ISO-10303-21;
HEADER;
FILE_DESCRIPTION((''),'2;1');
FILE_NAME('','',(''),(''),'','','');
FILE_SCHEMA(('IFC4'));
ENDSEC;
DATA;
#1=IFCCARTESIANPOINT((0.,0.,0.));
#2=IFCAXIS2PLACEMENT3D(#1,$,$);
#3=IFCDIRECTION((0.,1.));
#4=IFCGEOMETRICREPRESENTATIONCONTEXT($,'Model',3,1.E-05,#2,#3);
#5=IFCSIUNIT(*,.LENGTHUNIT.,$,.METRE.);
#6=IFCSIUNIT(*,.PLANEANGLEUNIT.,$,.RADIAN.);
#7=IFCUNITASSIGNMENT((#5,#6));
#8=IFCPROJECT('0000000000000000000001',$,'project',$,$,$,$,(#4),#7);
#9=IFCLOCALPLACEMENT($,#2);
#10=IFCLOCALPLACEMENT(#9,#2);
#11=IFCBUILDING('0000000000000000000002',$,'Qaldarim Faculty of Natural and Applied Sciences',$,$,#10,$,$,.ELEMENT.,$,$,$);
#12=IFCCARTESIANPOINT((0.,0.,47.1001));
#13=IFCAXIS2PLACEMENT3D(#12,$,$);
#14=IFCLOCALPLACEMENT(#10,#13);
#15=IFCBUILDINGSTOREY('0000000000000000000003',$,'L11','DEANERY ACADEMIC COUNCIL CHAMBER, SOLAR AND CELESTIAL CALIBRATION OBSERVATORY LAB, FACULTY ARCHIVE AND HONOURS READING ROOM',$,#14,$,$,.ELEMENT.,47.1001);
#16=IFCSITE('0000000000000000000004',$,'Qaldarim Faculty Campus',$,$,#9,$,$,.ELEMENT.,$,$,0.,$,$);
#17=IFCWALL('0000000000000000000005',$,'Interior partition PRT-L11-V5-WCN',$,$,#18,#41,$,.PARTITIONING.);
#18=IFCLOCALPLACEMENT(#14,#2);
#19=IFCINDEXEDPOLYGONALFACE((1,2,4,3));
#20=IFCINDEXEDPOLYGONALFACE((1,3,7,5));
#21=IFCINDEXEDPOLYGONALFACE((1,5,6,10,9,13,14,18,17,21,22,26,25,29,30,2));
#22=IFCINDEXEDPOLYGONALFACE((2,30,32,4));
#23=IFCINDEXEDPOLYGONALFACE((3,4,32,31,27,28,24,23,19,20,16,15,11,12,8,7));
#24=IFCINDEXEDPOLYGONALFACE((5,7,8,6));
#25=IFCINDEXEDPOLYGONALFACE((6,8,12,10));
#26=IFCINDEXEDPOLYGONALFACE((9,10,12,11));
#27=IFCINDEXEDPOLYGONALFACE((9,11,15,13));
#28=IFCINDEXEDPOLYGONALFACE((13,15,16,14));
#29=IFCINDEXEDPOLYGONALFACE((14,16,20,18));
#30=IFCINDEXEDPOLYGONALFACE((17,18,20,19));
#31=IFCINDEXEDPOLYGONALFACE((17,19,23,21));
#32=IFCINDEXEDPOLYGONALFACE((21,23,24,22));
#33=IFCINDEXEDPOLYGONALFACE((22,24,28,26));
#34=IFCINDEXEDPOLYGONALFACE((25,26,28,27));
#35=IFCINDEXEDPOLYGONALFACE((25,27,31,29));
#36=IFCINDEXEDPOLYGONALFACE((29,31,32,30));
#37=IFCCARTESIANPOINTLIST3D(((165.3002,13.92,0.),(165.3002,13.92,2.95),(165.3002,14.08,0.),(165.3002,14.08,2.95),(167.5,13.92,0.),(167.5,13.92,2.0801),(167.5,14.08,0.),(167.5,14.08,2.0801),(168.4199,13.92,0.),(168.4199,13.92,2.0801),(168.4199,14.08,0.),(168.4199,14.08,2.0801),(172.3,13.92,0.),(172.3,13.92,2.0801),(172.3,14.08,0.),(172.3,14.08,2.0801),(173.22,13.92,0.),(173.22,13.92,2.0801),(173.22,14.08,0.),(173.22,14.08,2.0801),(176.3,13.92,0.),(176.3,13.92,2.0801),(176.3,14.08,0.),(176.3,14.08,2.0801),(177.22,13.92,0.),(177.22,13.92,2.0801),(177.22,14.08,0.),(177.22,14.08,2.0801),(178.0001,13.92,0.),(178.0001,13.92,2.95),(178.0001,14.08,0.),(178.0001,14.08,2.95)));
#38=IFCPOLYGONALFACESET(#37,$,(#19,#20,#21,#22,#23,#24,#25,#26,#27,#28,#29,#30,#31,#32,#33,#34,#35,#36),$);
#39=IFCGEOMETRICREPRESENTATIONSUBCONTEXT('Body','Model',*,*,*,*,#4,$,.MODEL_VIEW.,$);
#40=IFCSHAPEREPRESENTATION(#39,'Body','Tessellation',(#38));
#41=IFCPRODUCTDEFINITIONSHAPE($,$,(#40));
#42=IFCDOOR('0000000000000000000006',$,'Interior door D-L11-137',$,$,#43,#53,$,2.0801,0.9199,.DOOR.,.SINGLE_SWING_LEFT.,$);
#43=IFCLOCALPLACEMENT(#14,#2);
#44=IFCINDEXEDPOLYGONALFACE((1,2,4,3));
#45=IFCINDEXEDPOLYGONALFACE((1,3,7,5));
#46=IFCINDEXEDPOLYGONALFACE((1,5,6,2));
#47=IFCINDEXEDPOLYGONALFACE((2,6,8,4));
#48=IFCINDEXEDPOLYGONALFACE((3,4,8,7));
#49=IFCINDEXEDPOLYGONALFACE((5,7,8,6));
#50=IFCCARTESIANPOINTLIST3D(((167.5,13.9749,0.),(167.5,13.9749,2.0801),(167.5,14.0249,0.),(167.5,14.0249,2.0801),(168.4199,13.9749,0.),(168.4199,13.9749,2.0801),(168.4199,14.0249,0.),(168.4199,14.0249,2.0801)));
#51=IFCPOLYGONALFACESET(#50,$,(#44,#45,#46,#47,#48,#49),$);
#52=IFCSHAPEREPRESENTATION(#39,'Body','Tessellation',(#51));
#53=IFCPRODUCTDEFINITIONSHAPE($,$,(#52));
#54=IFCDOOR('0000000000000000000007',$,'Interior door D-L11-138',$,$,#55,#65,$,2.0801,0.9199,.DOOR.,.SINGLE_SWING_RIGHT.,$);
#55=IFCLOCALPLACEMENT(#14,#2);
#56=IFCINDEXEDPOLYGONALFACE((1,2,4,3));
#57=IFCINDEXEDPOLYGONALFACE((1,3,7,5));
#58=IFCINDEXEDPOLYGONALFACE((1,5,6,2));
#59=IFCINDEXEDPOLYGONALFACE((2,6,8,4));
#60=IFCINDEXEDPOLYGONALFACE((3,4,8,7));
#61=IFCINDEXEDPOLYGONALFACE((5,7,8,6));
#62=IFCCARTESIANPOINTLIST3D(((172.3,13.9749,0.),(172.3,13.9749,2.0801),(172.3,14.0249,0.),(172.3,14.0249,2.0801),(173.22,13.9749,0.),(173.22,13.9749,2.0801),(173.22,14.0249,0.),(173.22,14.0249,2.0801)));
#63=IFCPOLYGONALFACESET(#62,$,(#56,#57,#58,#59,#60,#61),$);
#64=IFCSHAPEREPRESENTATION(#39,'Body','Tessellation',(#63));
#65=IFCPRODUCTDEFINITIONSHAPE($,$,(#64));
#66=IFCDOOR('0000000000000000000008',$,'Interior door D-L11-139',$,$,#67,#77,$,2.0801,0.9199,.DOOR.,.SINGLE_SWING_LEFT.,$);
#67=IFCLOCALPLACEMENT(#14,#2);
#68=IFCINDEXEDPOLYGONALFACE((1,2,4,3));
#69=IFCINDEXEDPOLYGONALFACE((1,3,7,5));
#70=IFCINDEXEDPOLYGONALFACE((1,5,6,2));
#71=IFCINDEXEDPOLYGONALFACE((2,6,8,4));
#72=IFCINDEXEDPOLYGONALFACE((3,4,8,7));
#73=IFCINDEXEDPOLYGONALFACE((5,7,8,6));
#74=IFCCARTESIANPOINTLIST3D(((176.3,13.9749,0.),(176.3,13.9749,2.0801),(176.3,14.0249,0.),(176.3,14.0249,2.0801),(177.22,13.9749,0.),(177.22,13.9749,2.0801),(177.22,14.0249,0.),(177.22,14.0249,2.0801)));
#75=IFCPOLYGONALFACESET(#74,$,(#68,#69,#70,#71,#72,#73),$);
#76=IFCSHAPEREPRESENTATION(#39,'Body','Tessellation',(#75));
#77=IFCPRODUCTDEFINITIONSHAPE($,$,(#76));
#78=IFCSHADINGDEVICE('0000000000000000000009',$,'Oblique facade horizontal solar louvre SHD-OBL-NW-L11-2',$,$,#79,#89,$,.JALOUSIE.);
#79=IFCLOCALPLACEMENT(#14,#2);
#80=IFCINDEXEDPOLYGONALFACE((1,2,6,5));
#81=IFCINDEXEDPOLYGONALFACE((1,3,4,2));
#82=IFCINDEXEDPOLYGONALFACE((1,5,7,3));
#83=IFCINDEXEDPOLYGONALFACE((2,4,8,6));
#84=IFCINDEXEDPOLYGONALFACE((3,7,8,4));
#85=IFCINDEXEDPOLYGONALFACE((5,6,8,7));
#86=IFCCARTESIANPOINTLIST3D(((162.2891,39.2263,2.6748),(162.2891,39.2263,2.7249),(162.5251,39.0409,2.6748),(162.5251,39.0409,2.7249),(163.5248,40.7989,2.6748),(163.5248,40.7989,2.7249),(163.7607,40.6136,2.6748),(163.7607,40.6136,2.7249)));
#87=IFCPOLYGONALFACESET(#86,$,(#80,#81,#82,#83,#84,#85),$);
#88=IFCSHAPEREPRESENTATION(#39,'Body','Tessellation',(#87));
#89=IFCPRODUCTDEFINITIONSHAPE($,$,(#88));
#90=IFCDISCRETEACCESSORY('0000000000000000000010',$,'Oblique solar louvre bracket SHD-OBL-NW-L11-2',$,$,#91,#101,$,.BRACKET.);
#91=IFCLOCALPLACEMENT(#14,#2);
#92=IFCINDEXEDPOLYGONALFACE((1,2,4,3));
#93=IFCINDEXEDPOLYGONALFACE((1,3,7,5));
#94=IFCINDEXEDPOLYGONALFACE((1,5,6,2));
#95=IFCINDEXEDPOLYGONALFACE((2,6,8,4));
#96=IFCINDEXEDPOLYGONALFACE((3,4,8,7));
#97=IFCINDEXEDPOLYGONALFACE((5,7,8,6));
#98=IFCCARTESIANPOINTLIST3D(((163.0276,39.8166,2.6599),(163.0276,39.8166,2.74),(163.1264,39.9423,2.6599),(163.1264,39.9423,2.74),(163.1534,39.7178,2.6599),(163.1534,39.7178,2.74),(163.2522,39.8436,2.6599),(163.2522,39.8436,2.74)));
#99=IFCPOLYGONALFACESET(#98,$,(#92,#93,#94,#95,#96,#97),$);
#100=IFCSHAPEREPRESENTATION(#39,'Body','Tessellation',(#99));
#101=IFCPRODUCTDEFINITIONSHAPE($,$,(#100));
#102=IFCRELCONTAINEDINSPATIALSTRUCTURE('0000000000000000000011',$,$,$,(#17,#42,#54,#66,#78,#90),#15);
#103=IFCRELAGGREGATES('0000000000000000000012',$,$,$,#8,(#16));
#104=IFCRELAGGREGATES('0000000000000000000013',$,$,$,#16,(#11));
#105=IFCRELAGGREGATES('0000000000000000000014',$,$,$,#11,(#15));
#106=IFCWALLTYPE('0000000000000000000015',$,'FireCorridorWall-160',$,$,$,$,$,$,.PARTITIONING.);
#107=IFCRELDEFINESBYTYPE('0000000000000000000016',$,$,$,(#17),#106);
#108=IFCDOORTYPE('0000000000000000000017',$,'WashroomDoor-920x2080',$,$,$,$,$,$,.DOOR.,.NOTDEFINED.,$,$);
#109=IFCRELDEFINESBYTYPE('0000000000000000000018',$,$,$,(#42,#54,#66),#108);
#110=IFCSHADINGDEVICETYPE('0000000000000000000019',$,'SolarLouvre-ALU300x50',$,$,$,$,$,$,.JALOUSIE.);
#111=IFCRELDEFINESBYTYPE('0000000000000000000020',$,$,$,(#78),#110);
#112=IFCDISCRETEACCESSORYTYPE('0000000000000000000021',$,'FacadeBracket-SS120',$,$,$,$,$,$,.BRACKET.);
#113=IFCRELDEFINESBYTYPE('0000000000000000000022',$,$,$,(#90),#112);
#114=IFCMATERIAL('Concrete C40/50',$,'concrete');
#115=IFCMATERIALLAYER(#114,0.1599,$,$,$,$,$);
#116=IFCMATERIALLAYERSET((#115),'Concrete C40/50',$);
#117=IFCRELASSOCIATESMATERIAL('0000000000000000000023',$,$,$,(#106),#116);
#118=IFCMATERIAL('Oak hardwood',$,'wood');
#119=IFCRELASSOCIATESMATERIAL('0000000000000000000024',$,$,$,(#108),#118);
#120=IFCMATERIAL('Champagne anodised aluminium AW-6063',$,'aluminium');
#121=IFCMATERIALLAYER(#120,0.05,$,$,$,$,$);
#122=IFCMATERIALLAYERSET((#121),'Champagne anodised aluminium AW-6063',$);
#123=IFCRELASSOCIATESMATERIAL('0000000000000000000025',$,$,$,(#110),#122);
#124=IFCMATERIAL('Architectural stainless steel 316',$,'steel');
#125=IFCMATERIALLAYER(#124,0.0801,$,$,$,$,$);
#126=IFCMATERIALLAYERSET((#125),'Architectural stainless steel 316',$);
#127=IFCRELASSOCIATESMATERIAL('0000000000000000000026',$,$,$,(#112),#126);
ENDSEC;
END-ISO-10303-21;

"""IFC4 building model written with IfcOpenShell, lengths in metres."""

from ifc_helpers import new_model, si_unit, direction, frame, frame_2d, origin, origin_2d, place, context, subcontext, project, spatial, rectangle, extrude, material, layer, layer_set, type_object, element, fill, save


model = new_model("IFC4")

# Units and contexts
model_context = context("Model", 3, precision=1e-05, world=origin(), true_north=direction((0.0, 1.0)))
body_context = subcontext(model_context, "Body", "Model", "MODEL_VIEW")
ifc_project = project(units=[si_unit("LENGTHUNIT", "METRE"), si_unit("PLANEANGLEUNIT", "RADIAN")], contexts=[model_context])

# Site, building, storey
site_placement = place(None, origin())
site = spatial("IfcSite", under=ifc_project, at=site_placement, Name="Qaldarim Faculty Campus", CompositionType="ELEMENT", RefElevation=0.0)
building_placement = place(site_placement, origin())
building = spatial("IfcBuilding", under=site, at=building_placement, Name="Qaldarim Faculty of Natural and Applied Sciences", CompositionType="ELEMENT")
storey_placement = place(building_placement, frame((0.0, 0.0, 47.1001)))
storey = spatial("IfcBuildingStorey", under=building, at=storey_placement, Name="L11", Description="DEANERY ACADEMIC COUNCIL CHAMBER, SOLAR AND CELESTIAL CALIBRATION OBSERVATORY LAB, FACULTY ARCHIVE AND HONOURS READING ROOM", CompositionType="ELEMENT", Elevation=47.1001)

# Shared definitions
ifc_material_1 = material(Name="Concrete C40/50", Category="concrete")

# Wall, openings, doors
ifc_layer_1 = layer(ifc_material_1, 0.1599)
ifc_layer_set_1 = layer_set([ifc_layer_1], Name="Concrete C40/50")
wall_type = type_object("IfcWallType", Name="FireCorridorWall-160", PredefinedType="PARTITIONING", material=ifc_layer_set_1)
wall_placement = place(storey_placement, frame((165.3, 14.0, 0.0), z_axis=(0.0, 0.0, 1.0), x_axis=(1.0, 0.0, 0.0)))
wall = element("IfcWall", 1, at=wall_placement, inside=storey, type_object=wall_type, Name="Interior partition PRT-L11-V5-WCN", PredefinedType="PARTITIONING", context=body_context, shape_type="SweptSolid", body=[
    extrude(rectangle(XDim=12.7, YDim=0.1599, at=frame_2d((6.3501, 0.0))), origin(), (0.0, 0.0, 1.0), 2.95),
])
opening_1_placement = place(wall_placement, frame((2.2, 0.0, 0.0)))
opening_1 = element("IfcOpeningElement", 2, at=opening_1_placement, cuts=wall, PredefinedType="OPENING", context=body_context, shape_type="SweptSolid", body=[
    extrude(rectangle(XDim=0.9199, YDim=2.0801, at=frame_2d((0.46, 1.04))), frame((0.0, 0.0898, 0.0), z_axis=(0.0, -1.0, 0.0), x_axis=(1.0, 0.0, 0.0)), (0.0, 0.0, 1.0), 0.1799),
])
opening_2_placement = place(wall_placement, frame((7.0, 0.0, 0.0)))
opening_2 = element("IfcOpeningElement", 3, at=opening_2_placement, cuts=wall, PredefinedType="OPENING", context=body_context, shape_type="SweptSolid", body=[
    extrude(rectangle(XDim=0.9199, YDim=2.0801, at=frame_2d((0.46, 1.04))), frame((0.0, 0.0898, 0.0), z_axis=(0.0, -1.0, 0.0), x_axis=(1.0, 0.0, 0.0)), (0.0, 0.0, 1.0), 0.1799),
])
opening_3_placement = place(wall_placement, frame((11.0, 0.0, 0.0)))
opening_3 = element("IfcOpeningElement", 4, at=opening_3_placement, cuts=wall, PredefinedType="OPENING", context=body_context, shape_type="SweptSolid", body=[
    extrude(rectangle(XDim=0.9199, YDim=2.0801, at=frame_2d((0.46, 1.04))), frame((0.0, 0.0898, 0.0), z_axis=(0.0, -1.0, 0.0), x_axis=(1.0, 0.0, 0.0)), (0.0, 0.0, 1.0), 0.1799),
])
ifc_material_2 = material(Name="Oak hardwood", Category="wood")
door_type = type_object("IfcDoorType", Name="WashroomDoor-920x2080", OperationType="NOTDEFINED", PredefinedType="DOOR", material=ifc_material_2)
door_1_placement = place(opening_1_placement, origin())
door_1 = element("IfcDoor", 5, at=door_1_placement, inside=storey, type_object=door_type, Name="Interior door D-L11-137", OperationType="SINGLE_SWING_LEFT", OverallHeight=2.0801, OverallWidth=0.9199, PredefinedType="DOOR", context=body_context, shape_type="SweptSolid", body=[
    extrude(rectangle(XDim=0.9199, YDim=2.0801, at=frame_2d((0.46, 1.04))), frame((0.0, 0.0249, 0.0), z_axis=(0.0, -1.0, 0.0), x_axis=(1.0, 0.0, 0.0)), (0.0, 0.0, 1.0), 0.05),
])
fill(opening_1, door_1)
door_2_placement = place(opening_2_placement, origin())
door_2 = element("IfcDoor", 6, at=door_2_placement, inside=storey, type_object=door_type, Name="Interior door D-L11-138", OperationType="SINGLE_SWING_RIGHT", OverallHeight=2.0801, OverallWidth=0.9199, PredefinedType="DOOR", context=body_context, shape_type="SweptSolid", body=[
    extrude(rectangle(XDim=0.9199, YDim=2.0801, at=frame_2d((0.46, 1.04))), frame((0.0, 0.0249, 0.0), z_axis=(0.0, -1.0, 0.0), x_axis=(1.0, 0.0, 0.0)), (0.0, 0.0, 1.0), 0.05),
])
fill(opening_2, door_2)
door_3_placement = place(opening_3_placement, origin())
door_3 = element("IfcDoor", 7, at=door_3_placement, inside=storey, type_object=door_type, Name="Interior door D-L11-139", OperationType="SINGLE_SWING_LEFT", OverallHeight=2.0801, OverallWidth=0.9199, PredefinedType="DOOR", context=body_context, shape_type="SweptSolid", body=[
    extrude(rectangle(XDim=0.9199, YDim=2.0801, at=frame_2d((0.46, 1.04))), frame((0.0, 0.0249, 0.0), z_axis=(0.0, -1.0, 0.0), x_axis=(1.0, 0.0, 0.0)), (0.0, 0.0, 1.0), 0.05),
])
fill(opening_3, door_3)

# Shading device
ifc_material_3 = material(Name="Champagne anodised aluminium AW-6063", Category="aluminium")
ifc_layer_2 = layer(ifc_material_3, 0.05)
ifc_layer_set_2 = layer_set([ifc_layer_2], Name="Champagne anodised aluminium AW-6063")
shading_device_type = type_object("IfcShadingDeviceType", Name="SolarLouvre-ALU300x50", PredefinedType="JALOUSIE", material=ifc_layer_set_2)
shading_device_placement = place(storey_placement, frame((163.0249, 39.9199, 2.6748), z_axis=(0.0, 0.0, 1.0), x_axis=(0.617818, 0.786321, 0.0)))
element("IfcShadingDevice", 8, at=shading_device_placement, inside=storey, type_object=shading_device_type, Name="Oblique facade horizontal solar louvre SHD-OBL-NW-L11-2", PredefinedType="JALOUSIE", context=body_context, shape_type="SweptSolid", body=[
    extrude(rectangle(XDim=2.0, YDim=0.3, at=origin_2d()), origin(), (0.0, 0.0, 1.0), 0.05),
])

# Discrete accessory
ifc_material_4 = material(Name="Architectural stainless steel 316", Category="steel")
ifc_layer_3 = layer(ifc_material_4, 0.0801)
ifc_layer_set_3 = layer_set([ifc_layer_3], Name="Architectural stainless steel 316")
discrete_accessory_type = type_object("IfcDiscreteAccessoryType", Name="FacadeBracket-SS120", PredefinedType="BRACKET", material=ifc_layer_set_3)
discrete_accessory_placement = place(storey_placement, frame((163.1399, 39.8301, 2.6599), z_axis=(0.0, 0.0, 1.0), x_axis=(0.617818, 0.786321, 0.0)))
element("IfcDiscreteAccessory", 9, at=discrete_accessory_placement, inside=storey, type_object=discrete_accessory_type, Name="Oblique solar louvre bracket SHD-OBL-NW-L11-2", PredefinedType="BRACKET", context=body_context, shape_type="SweptSolid", body=[
    extrude(rectangle(XDim=0.1599, YDim=0.1599, at=origin_2d()), origin(), (0.0, 0.0, 1.0), 0.0801),
])

save(model, "model.ifc")
